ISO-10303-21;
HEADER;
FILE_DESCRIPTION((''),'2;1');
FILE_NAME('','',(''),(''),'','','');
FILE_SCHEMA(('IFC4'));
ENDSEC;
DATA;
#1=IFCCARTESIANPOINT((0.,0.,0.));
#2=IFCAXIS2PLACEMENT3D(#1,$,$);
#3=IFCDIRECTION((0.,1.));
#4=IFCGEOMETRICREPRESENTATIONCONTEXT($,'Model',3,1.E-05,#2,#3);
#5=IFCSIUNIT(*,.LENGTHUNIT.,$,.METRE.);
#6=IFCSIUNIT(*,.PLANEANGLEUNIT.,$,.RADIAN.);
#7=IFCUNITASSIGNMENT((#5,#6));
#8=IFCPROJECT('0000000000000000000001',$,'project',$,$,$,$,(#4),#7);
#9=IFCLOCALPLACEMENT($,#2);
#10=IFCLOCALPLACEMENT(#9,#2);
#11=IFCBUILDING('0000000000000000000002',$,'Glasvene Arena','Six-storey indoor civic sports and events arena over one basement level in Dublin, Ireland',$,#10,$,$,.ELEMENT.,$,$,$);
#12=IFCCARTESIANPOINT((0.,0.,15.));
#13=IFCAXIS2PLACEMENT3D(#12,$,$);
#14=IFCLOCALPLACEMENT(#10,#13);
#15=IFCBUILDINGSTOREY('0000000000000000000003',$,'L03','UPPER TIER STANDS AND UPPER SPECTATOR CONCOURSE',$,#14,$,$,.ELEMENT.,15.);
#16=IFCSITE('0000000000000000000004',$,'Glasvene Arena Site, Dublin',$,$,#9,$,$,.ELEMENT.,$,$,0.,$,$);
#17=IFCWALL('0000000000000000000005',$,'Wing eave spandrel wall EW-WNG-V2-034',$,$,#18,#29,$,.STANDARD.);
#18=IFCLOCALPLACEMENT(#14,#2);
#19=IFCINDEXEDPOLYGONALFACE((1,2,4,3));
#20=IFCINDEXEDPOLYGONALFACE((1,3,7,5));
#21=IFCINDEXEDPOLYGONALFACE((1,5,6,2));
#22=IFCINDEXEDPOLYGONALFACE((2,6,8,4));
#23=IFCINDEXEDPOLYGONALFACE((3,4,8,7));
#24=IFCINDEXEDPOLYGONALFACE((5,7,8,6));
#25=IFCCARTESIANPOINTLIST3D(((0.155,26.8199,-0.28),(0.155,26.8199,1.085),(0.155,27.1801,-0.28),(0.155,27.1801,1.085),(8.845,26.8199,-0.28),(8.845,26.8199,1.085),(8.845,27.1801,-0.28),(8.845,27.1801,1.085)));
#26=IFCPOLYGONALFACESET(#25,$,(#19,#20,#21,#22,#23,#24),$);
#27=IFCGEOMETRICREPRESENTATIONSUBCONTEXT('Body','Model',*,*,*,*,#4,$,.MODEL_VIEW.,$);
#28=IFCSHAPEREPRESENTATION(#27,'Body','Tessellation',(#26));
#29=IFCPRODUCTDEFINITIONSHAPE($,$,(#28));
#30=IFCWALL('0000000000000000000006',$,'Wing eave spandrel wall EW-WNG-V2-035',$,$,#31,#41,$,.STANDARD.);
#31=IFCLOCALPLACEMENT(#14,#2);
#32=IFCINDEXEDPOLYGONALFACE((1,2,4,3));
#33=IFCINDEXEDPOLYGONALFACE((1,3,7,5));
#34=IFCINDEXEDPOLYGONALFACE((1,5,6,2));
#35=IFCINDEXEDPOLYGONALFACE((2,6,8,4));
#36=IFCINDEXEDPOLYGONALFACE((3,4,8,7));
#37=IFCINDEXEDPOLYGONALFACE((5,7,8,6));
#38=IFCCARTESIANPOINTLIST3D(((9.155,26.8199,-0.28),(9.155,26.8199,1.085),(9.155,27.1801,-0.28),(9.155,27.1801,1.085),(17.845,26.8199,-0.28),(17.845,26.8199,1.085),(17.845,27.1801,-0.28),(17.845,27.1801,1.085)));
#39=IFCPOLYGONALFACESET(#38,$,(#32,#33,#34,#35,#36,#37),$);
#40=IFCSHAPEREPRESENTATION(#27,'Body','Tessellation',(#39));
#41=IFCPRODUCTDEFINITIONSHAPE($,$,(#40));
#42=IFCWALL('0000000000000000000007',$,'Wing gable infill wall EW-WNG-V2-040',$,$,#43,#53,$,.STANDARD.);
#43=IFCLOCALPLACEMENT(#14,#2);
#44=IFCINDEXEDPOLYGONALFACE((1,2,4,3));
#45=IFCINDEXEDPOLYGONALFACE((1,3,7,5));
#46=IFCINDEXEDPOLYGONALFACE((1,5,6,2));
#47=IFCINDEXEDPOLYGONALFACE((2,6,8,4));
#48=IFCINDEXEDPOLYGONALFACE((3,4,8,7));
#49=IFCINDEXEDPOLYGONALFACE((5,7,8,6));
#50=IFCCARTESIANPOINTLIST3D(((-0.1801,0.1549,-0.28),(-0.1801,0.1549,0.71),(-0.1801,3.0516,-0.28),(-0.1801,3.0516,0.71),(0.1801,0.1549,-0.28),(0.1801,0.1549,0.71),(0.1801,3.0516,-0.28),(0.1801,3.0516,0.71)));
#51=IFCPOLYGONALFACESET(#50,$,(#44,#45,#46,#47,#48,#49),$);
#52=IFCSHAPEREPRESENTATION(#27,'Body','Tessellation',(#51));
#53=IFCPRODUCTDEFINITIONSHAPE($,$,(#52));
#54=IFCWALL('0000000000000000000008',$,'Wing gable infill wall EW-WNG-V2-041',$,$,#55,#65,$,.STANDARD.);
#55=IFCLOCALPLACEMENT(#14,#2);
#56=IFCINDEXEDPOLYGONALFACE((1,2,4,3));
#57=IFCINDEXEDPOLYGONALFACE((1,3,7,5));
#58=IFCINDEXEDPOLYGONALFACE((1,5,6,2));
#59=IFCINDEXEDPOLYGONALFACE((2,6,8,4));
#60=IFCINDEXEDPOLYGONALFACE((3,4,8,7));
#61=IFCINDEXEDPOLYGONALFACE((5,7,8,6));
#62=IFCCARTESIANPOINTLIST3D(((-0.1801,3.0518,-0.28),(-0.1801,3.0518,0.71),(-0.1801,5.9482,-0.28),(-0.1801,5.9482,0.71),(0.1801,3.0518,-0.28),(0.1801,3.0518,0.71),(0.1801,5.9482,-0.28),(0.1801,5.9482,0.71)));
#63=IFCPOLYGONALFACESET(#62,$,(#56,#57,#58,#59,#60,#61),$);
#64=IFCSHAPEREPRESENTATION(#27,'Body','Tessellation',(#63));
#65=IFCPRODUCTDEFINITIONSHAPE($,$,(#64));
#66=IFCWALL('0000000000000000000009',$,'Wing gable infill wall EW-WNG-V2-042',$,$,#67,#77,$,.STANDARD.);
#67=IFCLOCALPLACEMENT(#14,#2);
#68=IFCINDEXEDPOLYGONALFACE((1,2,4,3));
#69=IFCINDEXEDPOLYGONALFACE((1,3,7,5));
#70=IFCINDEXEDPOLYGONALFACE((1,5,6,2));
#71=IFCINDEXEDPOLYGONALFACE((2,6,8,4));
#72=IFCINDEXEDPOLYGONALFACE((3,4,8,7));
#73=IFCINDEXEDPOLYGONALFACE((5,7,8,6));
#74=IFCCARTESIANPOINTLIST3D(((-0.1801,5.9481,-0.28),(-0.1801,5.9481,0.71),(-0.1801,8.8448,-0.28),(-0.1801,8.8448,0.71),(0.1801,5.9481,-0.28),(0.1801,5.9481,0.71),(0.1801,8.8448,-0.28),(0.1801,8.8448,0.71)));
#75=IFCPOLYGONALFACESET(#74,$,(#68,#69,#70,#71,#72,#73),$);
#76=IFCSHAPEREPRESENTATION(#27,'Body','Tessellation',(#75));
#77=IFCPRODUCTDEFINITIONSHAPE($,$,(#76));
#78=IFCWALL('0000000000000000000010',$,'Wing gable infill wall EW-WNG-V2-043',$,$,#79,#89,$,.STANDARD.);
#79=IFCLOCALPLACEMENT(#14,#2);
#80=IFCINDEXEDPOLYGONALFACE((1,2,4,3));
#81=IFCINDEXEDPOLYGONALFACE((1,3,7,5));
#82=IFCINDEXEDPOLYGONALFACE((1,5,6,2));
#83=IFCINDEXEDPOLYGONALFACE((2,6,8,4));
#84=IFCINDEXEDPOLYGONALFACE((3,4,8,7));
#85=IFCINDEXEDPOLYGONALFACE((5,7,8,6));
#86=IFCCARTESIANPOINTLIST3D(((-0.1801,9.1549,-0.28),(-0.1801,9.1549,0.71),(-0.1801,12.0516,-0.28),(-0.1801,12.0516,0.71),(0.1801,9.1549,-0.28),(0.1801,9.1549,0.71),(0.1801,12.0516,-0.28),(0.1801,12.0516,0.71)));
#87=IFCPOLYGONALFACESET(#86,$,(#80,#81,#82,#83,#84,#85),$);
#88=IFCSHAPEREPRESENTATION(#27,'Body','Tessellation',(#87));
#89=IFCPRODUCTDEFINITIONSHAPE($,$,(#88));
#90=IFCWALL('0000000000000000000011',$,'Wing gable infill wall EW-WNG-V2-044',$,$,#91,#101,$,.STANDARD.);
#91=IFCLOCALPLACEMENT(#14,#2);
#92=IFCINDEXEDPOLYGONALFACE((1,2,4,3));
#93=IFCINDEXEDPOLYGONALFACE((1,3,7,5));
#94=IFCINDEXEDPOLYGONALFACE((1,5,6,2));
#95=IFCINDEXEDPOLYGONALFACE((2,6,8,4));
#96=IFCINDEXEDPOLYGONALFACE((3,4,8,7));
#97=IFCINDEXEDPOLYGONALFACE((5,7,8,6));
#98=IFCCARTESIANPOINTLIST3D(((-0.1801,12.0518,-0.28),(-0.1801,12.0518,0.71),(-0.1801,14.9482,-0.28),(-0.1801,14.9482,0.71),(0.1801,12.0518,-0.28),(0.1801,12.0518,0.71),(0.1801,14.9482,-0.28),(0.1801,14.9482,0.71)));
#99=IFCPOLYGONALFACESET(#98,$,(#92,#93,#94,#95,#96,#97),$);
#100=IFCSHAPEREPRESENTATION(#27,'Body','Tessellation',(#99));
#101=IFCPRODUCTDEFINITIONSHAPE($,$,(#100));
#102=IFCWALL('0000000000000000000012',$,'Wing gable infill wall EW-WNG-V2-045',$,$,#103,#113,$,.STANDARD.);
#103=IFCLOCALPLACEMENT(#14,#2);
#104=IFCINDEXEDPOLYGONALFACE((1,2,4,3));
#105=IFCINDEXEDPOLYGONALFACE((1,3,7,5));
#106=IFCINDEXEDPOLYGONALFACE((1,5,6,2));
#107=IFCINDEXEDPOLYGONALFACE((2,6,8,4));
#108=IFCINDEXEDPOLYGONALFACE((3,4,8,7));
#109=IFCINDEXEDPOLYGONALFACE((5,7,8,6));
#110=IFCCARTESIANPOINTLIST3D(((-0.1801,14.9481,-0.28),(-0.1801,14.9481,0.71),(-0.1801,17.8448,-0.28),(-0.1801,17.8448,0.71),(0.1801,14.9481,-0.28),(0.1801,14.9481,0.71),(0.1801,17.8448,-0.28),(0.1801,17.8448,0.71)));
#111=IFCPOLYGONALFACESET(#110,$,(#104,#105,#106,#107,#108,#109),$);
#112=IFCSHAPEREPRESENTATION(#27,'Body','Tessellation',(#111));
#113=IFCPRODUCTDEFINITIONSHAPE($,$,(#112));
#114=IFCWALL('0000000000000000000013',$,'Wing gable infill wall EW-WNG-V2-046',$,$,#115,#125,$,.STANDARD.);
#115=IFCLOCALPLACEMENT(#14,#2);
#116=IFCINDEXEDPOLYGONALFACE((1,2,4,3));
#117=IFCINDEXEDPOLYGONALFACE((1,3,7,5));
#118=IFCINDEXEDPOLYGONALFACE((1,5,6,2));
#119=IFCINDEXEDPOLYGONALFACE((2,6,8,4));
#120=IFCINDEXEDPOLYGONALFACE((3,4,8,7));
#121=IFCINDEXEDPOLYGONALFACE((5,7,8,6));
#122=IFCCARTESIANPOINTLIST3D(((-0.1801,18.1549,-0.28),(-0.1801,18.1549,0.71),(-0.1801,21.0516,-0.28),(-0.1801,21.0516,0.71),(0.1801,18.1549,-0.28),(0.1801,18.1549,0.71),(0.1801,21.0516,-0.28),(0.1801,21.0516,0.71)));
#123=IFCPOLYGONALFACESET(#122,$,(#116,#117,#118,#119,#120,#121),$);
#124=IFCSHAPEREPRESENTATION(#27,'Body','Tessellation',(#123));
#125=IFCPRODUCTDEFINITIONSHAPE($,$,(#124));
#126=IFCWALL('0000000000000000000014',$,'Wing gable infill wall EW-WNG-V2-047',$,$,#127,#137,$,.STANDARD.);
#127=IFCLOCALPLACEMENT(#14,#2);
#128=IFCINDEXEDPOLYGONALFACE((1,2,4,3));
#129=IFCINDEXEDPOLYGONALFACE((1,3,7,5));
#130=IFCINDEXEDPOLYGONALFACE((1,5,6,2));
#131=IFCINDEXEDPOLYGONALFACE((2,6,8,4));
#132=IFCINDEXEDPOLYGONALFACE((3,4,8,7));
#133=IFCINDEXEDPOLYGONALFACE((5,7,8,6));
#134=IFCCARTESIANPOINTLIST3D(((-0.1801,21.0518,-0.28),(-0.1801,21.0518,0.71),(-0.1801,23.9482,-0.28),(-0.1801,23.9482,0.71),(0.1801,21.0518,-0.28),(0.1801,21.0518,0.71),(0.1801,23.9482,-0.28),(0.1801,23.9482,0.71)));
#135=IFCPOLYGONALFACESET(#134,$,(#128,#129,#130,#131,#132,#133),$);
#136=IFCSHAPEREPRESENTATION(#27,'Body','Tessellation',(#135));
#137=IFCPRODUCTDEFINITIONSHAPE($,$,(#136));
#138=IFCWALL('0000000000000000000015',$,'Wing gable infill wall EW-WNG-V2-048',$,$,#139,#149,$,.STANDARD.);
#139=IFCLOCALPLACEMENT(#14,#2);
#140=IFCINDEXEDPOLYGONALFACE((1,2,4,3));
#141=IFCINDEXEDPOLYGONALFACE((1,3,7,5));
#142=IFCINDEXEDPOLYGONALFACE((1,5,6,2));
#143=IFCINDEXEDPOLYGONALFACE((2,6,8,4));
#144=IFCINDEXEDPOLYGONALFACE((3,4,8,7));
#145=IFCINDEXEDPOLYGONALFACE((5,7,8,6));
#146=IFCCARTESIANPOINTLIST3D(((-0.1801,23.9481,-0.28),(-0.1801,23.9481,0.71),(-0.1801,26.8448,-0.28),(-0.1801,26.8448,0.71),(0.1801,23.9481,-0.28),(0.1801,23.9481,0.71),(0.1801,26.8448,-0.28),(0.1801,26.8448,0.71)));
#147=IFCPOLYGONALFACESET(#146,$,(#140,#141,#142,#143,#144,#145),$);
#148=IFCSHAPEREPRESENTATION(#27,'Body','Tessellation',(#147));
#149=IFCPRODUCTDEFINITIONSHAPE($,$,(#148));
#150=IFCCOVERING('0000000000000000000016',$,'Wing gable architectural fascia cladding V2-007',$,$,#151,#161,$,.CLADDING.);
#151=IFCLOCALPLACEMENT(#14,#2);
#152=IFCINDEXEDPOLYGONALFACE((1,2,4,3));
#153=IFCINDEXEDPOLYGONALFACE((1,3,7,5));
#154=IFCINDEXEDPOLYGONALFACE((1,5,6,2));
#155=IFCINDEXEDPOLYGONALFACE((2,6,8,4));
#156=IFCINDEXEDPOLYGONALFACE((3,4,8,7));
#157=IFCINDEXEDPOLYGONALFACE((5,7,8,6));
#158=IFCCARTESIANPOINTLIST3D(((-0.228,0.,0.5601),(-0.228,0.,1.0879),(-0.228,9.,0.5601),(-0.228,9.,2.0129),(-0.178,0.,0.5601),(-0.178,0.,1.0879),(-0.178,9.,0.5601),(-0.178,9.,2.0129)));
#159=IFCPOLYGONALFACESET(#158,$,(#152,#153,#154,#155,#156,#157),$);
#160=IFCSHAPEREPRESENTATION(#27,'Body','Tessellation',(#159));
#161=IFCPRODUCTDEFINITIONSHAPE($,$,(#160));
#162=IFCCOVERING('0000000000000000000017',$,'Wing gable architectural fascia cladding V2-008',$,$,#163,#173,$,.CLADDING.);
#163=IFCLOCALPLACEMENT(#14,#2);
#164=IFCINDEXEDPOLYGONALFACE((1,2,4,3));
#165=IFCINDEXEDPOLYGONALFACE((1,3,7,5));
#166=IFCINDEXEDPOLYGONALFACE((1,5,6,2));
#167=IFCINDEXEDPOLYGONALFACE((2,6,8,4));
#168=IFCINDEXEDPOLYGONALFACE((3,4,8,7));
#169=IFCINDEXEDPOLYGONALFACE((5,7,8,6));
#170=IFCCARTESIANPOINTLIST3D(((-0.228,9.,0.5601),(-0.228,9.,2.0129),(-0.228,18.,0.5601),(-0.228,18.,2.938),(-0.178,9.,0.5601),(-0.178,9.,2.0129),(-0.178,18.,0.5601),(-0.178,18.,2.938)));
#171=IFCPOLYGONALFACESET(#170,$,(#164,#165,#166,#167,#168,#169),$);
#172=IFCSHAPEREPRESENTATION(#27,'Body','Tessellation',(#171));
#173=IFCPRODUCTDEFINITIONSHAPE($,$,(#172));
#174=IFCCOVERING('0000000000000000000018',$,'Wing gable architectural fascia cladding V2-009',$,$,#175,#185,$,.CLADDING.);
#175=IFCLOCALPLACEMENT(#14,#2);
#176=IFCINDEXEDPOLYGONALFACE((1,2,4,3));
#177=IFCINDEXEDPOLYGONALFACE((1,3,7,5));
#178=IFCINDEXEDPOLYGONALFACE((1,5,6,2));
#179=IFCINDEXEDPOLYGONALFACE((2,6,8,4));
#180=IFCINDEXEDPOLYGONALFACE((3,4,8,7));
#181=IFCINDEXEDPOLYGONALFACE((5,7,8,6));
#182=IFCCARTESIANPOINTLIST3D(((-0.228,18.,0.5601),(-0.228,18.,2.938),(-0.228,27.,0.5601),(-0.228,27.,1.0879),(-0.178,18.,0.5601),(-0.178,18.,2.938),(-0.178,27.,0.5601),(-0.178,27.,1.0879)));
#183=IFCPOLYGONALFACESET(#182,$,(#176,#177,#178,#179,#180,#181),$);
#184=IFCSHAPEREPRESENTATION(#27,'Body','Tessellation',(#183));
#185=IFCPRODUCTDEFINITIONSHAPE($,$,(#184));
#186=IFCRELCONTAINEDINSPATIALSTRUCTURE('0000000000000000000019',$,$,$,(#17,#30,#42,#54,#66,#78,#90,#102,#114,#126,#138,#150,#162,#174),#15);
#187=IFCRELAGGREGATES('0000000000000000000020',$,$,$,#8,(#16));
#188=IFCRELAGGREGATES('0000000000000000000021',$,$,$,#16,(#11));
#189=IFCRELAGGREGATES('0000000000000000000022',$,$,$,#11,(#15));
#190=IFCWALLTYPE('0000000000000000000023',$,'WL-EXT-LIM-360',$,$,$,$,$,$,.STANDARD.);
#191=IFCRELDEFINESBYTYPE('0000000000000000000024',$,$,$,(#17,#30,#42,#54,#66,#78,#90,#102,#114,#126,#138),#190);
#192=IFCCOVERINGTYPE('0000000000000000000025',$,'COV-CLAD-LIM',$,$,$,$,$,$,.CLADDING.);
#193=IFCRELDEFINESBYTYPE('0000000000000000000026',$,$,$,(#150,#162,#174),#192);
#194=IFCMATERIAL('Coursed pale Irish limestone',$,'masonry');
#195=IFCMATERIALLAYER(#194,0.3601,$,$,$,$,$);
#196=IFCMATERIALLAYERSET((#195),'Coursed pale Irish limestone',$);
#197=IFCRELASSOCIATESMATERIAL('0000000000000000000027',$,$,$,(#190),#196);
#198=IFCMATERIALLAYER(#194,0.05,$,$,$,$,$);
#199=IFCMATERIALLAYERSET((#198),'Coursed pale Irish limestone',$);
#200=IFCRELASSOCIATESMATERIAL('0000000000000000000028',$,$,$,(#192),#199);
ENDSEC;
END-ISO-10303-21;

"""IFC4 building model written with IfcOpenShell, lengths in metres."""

from ifc_helpers import new_model, si_unit, direction, frame, frame_2d, origin, place, context, subcontext, project, spatial, polyline, rectangle, outline, extrude, material, layer, layer_set, type_object, element, save


model = new_model("IFC4")

# Units and contexts
model_context = context("Model", 3, precision=1e-05, world=origin(), true_north=direction((0.0, 1.0)))
body_context = subcontext(model_context, "Body", "Model", "MODEL_VIEW")
ifc_project = project(units=[si_unit("LENGTHUNIT", "METRE"), si_unit("PLANEANGLEUNIT", "RADIAN")], contexts=[model_context])

# Site, building, storey
site_placement = place(None, origin())
site = spatial("IfcSite", under=ifc_project, at=site_placement, Name="Glasvene Arena Site, Dublin", CompositionType="ELEMENT", RefElevation=0.0)
building_placement = place(site_placement, origin())
building = spatial("IfcBuilding", under=site, at=building_placement, Name="Glasvene Arena", Description="Six-storey indoor civic sports and events arena over one basement level in Dublin, Ireland", CompositionType="ELEMENT")
storey_placement = place(building_placement, frame((0.0, 0.0, 15.0)))
storey = spatial("IfcBuildingStorey", under=building, at=storey_placement, Name="L03", Description="UPPER TIER STANDS AND UPPER SPECTATOR CONCOURSE", CompositionType="ELEMENT", Elevation=15.0)

# Walls
ifc_material_1 = material(Name="Coursed pale Irish limestone", Category="masonry")
ifc_layer_1 = layer(ifc_material_1, 0.3601)
ifc_layer_set_1 = layer_set([ifc_layer_1], Name="Coursed pale Irish limestone")
wall_type = type_object("IfcWallType", Name="WL-EXT-LIM-360", PredefinedType="STANDARD", material=ifc_layer_set_1)
for number, where, z_axis, x_axis, name in (
    (1, (0.155, 27.0, -0.28), (0.0, 0.0, 1.0), (1.0, 0.0, 0.0), "Wing eave spandrel wall EW-WNG-V2-034"),
    (2, (9.155, 27.0, -0.28), (0.0, 0.0, 1.0), (1.0, 0.0, 0.0), "Wing eave spandrel wall EW-WNG-V2-035"),
):
    element("IfcWall", number, at=place(storey_placement, frame(where, z_axis=z_axis, x_axis=x_axis)), inside=storey, type_object=wall_type, Name=name, PredefinedType="STANDARD", context=body_context, shape_type="SweptSolid", body=[
        extrude(rectangle(XDim=8.6899, YDim=0.3601, at=frame_2d((4.345, 0.0))), origin(), (0.0, 0.0, 1.0), 1.365),
    ])
wall_1_placement = place(storey_placement, frame((0.0, 0.155, -0.28), z_axis=(0.0, 0.0, 1.0), x_axis=(0.0, 1.0, 0.0)))
element("IfcWall", 3, at=wall_1_placement, inside=storey, type_object=wall_type, Name="Wing gable infill wall EW-WNG-V2-040", PredefinedType="STANDARD", context=body_context, shape_type="SweptSolid", body=[
    extrude(rectangle(XDim=2.8967, YDim=0.3601, at=frame_2d((1.4482, 0.0))), origin(), (0.0, 0.0, 1.0), 0.99),
])
wall_2_placement = place(storey_placement, frame((0.0, 3.0518, -0.28), z_axis=(0.0, 0.0, 1.0), x_axis=(0.0, 1.0, 0.0)))
element("IfcWall", 4, at=wall_2_placement, inside=storey, type_object=wall_type, Name="Wing gable infill wall EW-WNG-V2-041", PredefinedType="STANDARD", context=body_context, shape_type="SweptSolid", body=[
    extrude(rectangle(XDim=2.8965, YDim=0.3601, at=frame_2d((1.4482, 0.0))), origin(), (0.0, 0.0, 1.0), 0.99),
])
for number, where, z_axis, x_axis, name in (
    (5, (0.0, 5.9482, -0.28), (0.0, 0.0, 1.0), (0.0, 1.0, 0.0), "Wing gable infill wall EW-WNG-V2-042"),
    (6, (0.0, 9.155, -0.28), (0.0, 0.0, 1.0), (0.0, 1.0, 0.0), "Wing gable infill wall EW-WNG-V2-043"),
):
    element("IfcWall", number, at=place(storey_placement, frame(where, z_axis=z_axis, x_axis=x_axis)), inside=storey, type_object=wall_type, Name=name, PredefinedType="STANDARD", context=body_context, shape_type="SweptSolid", body=[
        extrude(rectangle(XDim=2.8967, YDim=0.3601, at=frame_2d((1.4482, 0.0))), origin(), (0.0, 0.0, 1.0), 0.99),
    ])
wall_3_placement = place(storey_placement, frame((0.0, 12.0518, -0.28), z_axis=(0.0, 0.0, 1.0), x_axis=(0.0, 1.0, 0.0)))
element("IfcWall", 7, at=wall_3_placement, inside=storey, type_object=wall_type, Name="Wing gable infill wall EW-WNG-V2-044", PredefinedType="STANDARD", context=body_context, shape_type="SweptSolid", body=[
    extrude(rectangle(XDim=2.8965, YDim=0.3601, at=frame_2d((1.4482, 0.0))), origin(), (0.0, 0.0, 1.0), 0.99),
])
for number, where, z_axis, x_axis, name in (
    (8, (0.0, 14.9482, -0.28), (0.0, 0.0, 1.0), (0.0, 1.0, 0.0), "Wing gable infill wall EW-WNG-V2-045"),
    (9, (0.0, 18.155, -0.28), (0.0, 0.0, 1.0), (0.0, 1.0, 0.0), "Wing gable infill wall EW-WNG-V2-046"),
):
    element("IfcWall", number, at=place(storey_placement, frame(where, z_axis=z_axis, x_axis=x_axis)), inside=storey, type_object=wall_type, Name=name, PredefinedType="STANDARD", context=body_context, shape_type="SweptSolid", body=[
        extrude(rectangle(XDim=2.8967, YDim=0.3601, at=frame_2d((1.4482, 0.0))), origin(), (0.0, 0.0, 1.0), 0.99),
    ])
wall_4_placement = place(storey_placement, frame((0.0, 21.0518, -0.28), z_axis=(0.0, 0.0, 1.0), x_axis=(0.0, 1.0, 0.0)))
element("IfcWall", 10, at=wall_4_placement, inside=storey, type_object=wall_type, Name="Wing gable infill wall EW-WNG-V2-047", PredefinedType="STANDARD", context=body_context, shape_type="SweptSolid", body=[
    extrude(rectangle(XDim=2.8965, YDim=0.3601, at=frame_2d((1.4482, 0.0))), origin(), (0.0, 0.0, 1.0), 0.99),
])
wall_5_placement = place(storey_placement, frame((0.0, 23.9482, -0.28), z_axis=(0.0, 0.0, 1.0), x_axis=(0.0, 1.0, 0.0)))
element("IfcWall", 11, at=wall_5_placement, inside=storey, type_object=wall_type, Name="Wing gable infill wall EW-WNG-V2-048", PredefinedType="STANDARD", context=body_context, shape_type="SweptSolid", body=[
    extrude(rectangle(XDim=2.8967, YDim=0.3601, at=frame_2d((1.4482, 0.0))), origin(), (0.0, 0.0, 1.0), 0.99),
])

# Coverings
ifc_layer_2 = layer(ifc_material_1, 0.05)
ifc_layer_set_2 = layer_set([ifc_layer_2], Name="Coursed pale Irish limestone")
covering_type = type_object("IfcCoveringType", Name="COV-CLAD-LIM", PredefinedType="CLADDING", material=ifc_layer_set_2)
covering_1_placement = place(storey_placement, frame((-0.228, 0.0, 0.5601), z_axis=(-1.0, 0.0, 0.0), x_axis=(0.0, 0.0, 1.0)))
element("IfcCovering", 12, at=covering_1_placement, inside=storey, type_object=covering_type, Name="Wing gable architectural fascia cladding V2-007", PredefinedType="CLADDING", context=body_context, shape_type="SweptSolid", body=[
    extrude(outline(polyline([(0.0, 0.0), (0.5278, 0.0), (1.4529, 9.0), (0.0, 9.0), (0.0, 0.0)])), origin(), (0.0, 0.0, -1.0), 0.05),
])
covering_2_placement = place(storey_placement, frame((-0.228, 9.0, 0.5601), z_axis=(-1.0, 0.0, 0.0), x_axis=(0.0, 0.0, 1.0)))
element("IfcCovering", 13, at=covering_2_placement, inside=storey, type_object=covering_type, Name="Wing gable architectural fascia cladding V2-008", PredefinedType="CLADDING", context=body_context, shape_type="SweptSolid", body=[
    extrude(outline(polyline([(0.0, 0.0), (1.4529, 0.0), (2.3779, 9.0), (0.0, 9.0), (0.0, 0.0)])), origin(), (0.0, 0.0, -1.0), 0.05),
])
covering_3_placement = place(storey_placement, frame((-0.228, 18.0, 0.5601), z_axis=(-1.0, 0.0, 0.0), x_axis=(0.0, 0.0, 1.0)))
element("IfcCovering", 14, at=covering_3_placement, inside=storey, type_object=covering_type, Name="Wing gable architectural fascia cladding V2-009", PredefinedType="CLADDING", context=body_context, shape_type="SweptSolid", body=[
    extrude(outline(polyline([(0.0, 0.0), (2.3779, 0.0), (0.5278, 9.0), (0.0, 9.0), (0.0, 0.0)])), origin(), (0.0, 0.0, -1.0), 0.05),
])

save(model, "model.ifc")
